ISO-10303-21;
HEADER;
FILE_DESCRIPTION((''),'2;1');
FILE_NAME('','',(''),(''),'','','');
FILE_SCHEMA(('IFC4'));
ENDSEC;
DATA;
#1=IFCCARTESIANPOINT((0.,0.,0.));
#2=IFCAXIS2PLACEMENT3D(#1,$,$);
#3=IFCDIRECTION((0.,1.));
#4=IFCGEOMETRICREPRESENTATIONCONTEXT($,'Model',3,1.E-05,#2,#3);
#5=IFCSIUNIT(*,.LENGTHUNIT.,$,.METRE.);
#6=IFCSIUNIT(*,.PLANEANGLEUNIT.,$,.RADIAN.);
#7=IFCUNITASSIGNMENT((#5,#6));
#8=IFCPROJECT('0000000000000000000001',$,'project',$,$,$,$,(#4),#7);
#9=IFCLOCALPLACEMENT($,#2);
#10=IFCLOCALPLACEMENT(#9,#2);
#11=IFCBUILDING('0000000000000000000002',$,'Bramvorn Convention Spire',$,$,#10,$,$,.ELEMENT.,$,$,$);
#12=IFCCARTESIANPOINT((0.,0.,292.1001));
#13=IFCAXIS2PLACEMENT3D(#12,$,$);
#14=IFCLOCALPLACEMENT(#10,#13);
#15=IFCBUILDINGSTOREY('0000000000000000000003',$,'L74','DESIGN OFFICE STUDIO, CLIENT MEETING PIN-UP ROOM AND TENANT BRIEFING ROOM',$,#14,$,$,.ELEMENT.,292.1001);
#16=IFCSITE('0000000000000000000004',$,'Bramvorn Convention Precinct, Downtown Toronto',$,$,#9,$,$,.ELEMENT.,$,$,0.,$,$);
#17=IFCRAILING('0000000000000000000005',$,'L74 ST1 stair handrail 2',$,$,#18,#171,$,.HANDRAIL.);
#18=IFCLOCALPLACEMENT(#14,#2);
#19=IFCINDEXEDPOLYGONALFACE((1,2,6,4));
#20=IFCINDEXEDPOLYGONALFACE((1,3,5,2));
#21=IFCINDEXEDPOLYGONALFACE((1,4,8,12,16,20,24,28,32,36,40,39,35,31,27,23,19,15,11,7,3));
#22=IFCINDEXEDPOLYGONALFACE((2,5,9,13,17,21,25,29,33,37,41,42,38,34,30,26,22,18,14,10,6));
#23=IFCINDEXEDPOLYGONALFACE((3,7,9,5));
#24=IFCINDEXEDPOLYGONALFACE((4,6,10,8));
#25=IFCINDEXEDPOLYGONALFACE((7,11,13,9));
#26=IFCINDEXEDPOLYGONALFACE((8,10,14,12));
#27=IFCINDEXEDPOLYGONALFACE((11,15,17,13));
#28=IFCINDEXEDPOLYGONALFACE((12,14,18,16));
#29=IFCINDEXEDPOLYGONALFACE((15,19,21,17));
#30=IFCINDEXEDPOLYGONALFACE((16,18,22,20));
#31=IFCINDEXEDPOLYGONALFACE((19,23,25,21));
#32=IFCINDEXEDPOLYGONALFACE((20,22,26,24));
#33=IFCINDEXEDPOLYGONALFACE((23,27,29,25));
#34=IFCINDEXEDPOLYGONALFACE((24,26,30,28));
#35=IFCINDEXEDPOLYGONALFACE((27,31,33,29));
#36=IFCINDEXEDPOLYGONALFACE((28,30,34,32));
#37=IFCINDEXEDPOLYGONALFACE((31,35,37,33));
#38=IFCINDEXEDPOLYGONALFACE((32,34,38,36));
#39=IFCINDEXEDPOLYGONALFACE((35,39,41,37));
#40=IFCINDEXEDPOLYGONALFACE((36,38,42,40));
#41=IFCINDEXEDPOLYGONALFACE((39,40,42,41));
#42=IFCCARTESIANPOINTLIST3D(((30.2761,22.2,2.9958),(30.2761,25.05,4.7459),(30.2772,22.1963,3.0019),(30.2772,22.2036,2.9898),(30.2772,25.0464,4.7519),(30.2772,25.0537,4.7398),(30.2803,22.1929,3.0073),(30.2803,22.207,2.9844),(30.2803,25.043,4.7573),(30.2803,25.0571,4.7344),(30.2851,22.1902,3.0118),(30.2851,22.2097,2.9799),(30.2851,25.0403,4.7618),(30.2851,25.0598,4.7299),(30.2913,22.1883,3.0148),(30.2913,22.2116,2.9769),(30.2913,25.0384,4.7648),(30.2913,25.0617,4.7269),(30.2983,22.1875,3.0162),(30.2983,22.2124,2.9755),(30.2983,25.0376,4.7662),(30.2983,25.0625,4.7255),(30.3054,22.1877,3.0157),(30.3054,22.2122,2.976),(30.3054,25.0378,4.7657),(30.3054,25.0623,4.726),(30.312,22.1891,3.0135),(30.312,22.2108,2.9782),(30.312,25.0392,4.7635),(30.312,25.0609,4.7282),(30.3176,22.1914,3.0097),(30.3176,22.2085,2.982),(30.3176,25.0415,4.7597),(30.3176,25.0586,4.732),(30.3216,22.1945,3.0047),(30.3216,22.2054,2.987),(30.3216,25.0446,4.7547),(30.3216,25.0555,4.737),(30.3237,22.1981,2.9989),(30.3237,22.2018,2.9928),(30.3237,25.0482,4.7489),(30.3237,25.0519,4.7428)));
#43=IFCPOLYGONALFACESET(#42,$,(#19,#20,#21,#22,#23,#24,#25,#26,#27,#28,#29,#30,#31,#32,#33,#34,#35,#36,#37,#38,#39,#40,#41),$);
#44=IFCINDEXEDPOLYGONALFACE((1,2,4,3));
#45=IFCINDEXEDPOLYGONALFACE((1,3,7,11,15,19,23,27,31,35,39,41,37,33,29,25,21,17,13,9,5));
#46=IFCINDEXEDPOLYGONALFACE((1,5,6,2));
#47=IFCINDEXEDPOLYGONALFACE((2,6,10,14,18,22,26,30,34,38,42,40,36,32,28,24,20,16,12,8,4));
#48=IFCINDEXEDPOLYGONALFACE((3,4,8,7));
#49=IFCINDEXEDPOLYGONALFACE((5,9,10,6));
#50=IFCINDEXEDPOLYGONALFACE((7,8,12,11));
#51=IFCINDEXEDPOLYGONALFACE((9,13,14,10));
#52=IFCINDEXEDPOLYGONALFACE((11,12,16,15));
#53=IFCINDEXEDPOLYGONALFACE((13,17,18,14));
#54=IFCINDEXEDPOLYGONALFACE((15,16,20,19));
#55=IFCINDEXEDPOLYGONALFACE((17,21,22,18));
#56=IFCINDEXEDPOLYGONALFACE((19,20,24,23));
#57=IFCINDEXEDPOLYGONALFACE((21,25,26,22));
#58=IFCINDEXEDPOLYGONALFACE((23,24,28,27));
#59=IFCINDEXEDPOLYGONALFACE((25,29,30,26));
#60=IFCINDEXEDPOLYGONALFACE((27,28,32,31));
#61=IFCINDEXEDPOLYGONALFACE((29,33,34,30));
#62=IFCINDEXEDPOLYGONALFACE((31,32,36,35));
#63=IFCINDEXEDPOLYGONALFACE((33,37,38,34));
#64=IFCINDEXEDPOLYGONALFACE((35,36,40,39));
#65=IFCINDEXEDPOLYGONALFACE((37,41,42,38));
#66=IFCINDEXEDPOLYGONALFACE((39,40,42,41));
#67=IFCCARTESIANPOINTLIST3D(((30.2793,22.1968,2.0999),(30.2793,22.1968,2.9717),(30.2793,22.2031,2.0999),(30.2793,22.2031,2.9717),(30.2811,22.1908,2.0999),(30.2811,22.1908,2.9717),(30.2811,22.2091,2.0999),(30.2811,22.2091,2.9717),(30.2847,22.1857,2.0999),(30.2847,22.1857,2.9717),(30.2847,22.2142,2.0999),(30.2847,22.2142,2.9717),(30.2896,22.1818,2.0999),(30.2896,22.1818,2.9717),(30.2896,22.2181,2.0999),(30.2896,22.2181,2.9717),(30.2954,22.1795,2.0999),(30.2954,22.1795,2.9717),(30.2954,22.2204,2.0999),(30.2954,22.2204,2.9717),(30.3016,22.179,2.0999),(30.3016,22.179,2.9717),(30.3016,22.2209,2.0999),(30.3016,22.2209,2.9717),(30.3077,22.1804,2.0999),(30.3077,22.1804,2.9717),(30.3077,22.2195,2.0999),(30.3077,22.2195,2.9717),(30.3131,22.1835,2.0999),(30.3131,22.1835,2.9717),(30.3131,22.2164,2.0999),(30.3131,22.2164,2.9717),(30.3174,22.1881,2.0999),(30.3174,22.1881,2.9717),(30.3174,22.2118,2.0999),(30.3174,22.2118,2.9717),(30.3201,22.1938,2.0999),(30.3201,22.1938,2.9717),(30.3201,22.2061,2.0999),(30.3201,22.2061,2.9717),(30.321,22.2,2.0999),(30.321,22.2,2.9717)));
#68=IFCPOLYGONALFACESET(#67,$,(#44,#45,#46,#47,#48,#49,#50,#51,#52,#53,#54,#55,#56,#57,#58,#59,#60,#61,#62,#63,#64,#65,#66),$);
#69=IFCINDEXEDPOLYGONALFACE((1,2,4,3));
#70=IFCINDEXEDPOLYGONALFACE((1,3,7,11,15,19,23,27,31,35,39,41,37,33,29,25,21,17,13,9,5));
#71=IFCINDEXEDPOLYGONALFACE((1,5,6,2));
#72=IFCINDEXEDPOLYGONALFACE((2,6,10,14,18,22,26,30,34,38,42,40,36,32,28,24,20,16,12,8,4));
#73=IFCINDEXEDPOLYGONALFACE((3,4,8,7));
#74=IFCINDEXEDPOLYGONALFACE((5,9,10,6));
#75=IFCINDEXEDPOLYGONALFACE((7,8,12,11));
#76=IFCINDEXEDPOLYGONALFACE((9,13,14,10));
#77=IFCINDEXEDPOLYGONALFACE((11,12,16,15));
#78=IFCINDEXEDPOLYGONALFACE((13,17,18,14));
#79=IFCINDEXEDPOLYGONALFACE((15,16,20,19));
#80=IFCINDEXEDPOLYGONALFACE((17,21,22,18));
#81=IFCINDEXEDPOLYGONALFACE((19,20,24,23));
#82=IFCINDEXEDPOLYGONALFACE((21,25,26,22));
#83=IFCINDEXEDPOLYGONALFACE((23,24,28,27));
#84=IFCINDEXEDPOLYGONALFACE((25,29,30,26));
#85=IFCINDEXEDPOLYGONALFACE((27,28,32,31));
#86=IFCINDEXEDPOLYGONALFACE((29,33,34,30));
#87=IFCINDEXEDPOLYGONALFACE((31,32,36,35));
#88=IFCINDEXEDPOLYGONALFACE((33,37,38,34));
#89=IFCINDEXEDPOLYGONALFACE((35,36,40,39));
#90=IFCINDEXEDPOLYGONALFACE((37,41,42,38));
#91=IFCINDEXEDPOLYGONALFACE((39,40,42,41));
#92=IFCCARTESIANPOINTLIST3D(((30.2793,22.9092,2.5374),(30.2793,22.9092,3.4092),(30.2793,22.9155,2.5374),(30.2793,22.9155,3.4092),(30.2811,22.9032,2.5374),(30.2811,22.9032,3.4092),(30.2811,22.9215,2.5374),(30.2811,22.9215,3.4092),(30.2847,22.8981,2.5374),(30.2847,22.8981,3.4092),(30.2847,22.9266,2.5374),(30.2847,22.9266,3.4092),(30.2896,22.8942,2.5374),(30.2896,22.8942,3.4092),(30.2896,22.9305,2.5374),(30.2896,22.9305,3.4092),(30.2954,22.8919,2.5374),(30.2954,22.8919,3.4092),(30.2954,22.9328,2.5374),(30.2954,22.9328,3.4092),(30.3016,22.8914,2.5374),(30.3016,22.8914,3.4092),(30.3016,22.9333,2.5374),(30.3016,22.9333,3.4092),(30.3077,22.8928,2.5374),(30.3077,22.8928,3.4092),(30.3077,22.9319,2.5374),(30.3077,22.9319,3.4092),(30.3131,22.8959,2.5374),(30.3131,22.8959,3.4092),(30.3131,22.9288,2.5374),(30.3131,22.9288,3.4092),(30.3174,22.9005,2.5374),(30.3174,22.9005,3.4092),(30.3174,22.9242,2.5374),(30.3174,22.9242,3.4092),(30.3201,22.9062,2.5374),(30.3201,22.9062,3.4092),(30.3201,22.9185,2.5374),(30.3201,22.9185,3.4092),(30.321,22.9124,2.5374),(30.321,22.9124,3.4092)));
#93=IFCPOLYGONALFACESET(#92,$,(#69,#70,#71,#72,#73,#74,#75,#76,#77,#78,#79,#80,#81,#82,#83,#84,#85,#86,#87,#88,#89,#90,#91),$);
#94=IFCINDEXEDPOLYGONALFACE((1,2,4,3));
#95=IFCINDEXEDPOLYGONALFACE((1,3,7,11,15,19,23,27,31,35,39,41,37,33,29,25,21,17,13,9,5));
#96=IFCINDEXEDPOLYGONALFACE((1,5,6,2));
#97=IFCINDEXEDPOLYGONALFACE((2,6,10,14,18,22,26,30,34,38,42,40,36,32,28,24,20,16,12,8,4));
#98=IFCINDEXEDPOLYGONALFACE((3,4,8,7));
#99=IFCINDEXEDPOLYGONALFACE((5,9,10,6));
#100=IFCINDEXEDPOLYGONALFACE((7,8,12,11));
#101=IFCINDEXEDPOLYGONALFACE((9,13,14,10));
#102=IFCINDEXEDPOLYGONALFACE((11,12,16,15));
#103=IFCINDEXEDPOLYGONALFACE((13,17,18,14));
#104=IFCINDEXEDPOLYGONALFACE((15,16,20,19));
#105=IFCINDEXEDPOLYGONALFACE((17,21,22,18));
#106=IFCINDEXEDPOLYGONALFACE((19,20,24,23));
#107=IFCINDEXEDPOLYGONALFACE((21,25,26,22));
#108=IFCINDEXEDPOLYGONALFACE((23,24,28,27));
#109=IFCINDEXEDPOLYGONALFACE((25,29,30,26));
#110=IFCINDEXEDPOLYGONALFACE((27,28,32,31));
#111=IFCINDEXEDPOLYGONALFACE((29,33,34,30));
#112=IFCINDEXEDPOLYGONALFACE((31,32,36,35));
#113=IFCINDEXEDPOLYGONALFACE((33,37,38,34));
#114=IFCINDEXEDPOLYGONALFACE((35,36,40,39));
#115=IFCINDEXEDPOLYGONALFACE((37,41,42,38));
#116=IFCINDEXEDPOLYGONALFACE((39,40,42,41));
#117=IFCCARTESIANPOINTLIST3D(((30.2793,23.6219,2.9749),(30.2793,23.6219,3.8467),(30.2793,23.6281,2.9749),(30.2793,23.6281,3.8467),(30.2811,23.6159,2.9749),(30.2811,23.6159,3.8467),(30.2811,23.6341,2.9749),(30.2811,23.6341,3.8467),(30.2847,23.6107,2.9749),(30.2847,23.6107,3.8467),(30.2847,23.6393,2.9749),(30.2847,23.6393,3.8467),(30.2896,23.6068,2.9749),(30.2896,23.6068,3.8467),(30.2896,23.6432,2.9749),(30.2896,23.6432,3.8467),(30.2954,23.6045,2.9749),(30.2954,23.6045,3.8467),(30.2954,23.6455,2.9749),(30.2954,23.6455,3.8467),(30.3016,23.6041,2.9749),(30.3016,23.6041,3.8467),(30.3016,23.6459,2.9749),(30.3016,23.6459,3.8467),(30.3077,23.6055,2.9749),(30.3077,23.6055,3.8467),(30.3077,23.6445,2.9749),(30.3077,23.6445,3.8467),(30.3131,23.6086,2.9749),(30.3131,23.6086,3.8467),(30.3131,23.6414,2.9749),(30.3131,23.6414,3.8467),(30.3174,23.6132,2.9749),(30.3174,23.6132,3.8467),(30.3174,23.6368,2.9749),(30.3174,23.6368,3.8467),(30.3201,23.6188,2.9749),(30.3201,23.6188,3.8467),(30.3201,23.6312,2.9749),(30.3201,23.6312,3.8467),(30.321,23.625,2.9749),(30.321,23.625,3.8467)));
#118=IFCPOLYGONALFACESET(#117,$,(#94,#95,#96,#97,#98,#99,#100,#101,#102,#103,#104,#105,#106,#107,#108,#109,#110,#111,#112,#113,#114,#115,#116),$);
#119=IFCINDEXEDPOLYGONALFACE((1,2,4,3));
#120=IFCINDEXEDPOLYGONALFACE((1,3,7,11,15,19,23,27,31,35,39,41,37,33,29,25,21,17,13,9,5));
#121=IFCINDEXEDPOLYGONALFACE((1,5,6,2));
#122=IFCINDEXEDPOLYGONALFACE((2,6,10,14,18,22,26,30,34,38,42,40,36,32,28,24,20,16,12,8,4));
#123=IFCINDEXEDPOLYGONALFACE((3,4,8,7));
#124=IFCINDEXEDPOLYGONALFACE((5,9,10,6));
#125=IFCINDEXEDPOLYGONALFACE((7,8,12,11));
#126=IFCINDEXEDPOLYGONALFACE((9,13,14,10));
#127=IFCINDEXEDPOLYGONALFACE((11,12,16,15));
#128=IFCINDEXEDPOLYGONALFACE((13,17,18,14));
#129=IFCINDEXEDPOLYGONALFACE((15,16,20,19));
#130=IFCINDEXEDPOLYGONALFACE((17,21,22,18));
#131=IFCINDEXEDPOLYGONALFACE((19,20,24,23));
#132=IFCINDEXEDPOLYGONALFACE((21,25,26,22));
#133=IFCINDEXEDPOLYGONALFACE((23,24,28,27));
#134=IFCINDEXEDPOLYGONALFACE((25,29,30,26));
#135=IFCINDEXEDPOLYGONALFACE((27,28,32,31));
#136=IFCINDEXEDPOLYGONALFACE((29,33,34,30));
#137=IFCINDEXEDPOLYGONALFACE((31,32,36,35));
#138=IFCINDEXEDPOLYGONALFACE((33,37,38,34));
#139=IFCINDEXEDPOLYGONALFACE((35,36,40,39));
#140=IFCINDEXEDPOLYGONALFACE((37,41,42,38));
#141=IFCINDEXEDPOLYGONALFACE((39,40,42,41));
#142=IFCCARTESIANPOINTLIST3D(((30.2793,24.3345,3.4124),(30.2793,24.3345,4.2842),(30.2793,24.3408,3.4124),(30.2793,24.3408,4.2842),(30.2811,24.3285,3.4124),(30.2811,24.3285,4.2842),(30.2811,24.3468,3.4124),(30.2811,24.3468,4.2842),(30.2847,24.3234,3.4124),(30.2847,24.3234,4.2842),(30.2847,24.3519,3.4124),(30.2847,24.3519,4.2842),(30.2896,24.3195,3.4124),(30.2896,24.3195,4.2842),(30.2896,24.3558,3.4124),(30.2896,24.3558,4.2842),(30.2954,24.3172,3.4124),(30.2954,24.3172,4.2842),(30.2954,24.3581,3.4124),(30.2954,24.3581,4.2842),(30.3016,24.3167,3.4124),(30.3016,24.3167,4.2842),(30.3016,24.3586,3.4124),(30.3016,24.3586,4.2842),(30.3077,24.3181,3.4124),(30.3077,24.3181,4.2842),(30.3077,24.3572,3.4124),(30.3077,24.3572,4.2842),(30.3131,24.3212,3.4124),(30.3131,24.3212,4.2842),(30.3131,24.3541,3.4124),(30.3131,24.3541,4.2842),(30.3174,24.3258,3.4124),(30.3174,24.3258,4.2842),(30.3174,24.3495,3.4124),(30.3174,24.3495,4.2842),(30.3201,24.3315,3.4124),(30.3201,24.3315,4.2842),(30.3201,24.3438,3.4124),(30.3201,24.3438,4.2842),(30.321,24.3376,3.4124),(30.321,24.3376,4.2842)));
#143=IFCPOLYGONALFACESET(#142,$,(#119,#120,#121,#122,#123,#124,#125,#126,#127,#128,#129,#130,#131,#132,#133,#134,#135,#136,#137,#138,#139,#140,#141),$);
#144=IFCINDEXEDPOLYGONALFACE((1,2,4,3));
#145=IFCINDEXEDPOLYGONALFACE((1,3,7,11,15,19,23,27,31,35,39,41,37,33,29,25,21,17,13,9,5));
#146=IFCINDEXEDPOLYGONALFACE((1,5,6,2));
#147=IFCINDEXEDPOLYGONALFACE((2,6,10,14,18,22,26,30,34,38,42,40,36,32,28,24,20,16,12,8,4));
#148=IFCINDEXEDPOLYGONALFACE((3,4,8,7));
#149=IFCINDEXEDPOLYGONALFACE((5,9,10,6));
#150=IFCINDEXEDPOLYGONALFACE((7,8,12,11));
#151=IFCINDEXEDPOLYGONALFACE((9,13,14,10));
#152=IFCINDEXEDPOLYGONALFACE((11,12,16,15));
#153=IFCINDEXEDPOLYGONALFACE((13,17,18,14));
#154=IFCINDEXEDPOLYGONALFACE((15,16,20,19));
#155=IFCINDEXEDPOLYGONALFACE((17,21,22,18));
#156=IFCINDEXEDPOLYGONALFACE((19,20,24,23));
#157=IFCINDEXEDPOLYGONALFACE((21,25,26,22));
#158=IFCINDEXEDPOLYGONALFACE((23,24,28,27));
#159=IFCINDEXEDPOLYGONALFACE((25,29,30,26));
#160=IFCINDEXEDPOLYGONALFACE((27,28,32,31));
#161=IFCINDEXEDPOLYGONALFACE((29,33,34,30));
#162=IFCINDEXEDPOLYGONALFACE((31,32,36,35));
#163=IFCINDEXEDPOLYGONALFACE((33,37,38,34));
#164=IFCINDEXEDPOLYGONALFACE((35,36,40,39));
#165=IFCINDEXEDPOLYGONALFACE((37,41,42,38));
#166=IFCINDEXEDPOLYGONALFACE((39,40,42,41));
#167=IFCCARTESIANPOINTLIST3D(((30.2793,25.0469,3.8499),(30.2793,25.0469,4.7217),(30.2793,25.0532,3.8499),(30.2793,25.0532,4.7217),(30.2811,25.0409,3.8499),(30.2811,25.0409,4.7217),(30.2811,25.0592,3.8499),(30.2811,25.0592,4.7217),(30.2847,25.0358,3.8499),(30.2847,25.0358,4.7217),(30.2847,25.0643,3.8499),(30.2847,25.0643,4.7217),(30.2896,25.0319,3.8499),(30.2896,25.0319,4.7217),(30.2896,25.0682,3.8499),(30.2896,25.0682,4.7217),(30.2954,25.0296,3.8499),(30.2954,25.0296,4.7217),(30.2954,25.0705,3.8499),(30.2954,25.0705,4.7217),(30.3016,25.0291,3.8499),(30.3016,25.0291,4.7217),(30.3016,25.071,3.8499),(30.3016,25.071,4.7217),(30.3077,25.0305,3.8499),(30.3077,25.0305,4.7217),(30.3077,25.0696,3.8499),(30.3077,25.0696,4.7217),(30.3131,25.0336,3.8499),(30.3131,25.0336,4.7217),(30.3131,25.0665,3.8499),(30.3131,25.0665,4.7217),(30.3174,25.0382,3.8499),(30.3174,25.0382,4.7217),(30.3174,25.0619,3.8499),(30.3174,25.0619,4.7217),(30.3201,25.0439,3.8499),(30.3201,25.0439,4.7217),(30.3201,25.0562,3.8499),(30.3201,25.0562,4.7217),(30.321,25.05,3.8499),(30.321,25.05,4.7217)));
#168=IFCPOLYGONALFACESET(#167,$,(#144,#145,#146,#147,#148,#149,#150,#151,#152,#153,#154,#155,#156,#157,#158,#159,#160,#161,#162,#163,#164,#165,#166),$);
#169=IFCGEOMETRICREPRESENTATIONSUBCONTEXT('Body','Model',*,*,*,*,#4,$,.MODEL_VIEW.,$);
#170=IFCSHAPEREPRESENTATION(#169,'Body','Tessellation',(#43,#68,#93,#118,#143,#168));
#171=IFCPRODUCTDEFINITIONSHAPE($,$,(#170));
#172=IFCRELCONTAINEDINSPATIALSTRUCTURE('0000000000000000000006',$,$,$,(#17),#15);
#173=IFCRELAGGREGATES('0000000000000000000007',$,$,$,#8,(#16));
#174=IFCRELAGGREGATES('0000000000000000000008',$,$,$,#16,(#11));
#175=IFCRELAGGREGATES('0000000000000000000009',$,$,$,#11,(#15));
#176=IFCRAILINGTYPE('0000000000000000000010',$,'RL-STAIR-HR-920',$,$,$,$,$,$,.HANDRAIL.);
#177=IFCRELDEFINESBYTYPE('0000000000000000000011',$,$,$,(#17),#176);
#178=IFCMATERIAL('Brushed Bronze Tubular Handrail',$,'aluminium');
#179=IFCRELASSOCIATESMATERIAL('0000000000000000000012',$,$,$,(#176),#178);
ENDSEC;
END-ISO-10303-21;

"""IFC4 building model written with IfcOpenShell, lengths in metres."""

from ifc_helpers import new_model, si_unit, direction, frame, origin, origin_2d, place, context, subcontext, project, spatial, circle, extrude, material, type_object, element, save


model = new_model("IFC4")

# Units and contexts
model_context = context("Model", 3, precision=1e-05, world=origin(), true_north=direction((0.0, 1.0)))
body_context = subcontext(model_context, "Body", "Model", "MODEL_VIEW")
ifc_project = project(units=[si_unit("LENGTHUNIT", "METRE"), si_unit("PLANEANGLEUNIT", "RADIAN")], contexts=[model_context])

# Site, building, storey
site_placement = place(None, origin())
site = spatial("IfcSite", under=ifc_project, at=site_placement, Name="Bramvorn Convention Precinct, Downtown Toronto", CompositionType="ELEMENT", RefElevation=0.0)
building_placement = place(site_placement, origin())
building = spatial("IfcBuilding", under=site, at=building_placement, Name="Bramvorn Convention Spire", CompositionType="ELEMENT")
storey_placement = place(building_placement, frame((0.0, 0.0, 292.1001)))
storey = spatial("IfcBuildingStorey", under=building, at=storey_placement, Name="L74", Description="DESIGN OFFICE STUDIO, CLIENT MEETING PIN-UP ROOM AND TENANT BRIEFING ROOM", CompositionType="ELEMENT", Elevation=292.1001)

# Railing
ifc_material_1 = material(Name="Brushed Bronze Tubular Handrail", Category="aluminium")
railing_type_1 = type_object("IfcRailingType", Name="RL-STAIR-HR-920", PredefinedType="HANDRAIL", material=ifc_material_1)
railing_1_placement = place(storey_placement, frame((30.3, 22.2, 2.0999)))
element("IfcRailing", 1, at=railing_1_placement, inside=storey, type_object=railing_type_1, Name="L74 ST1 stair handrail 2", PredefinedType="HANDRAIL", context=body_context, shape_type="SweptSolid", body=[
    extrude(circle(Radius=0.0239, at=origin_2d()), frame((0.0, 0.0, 0.896), z_axis=(0.0, 0.852179, 0.52325), x_axis=(-1.0, 0.0, 0.0)), (0.0, 0.0, 1.0), 3.3445),
    extrude(circle(Radius=0.021, at=origin_2d()), origin(), (0.0, 0.0, 1.0), 0.8718),
    extrude(circle(Radius=0.021, at=origin_2d()), frame((0.0, 0.7124, 0.4375)), (0.0, 0.0, 1.0), 0.8718),
    extrude(circle(Radius=0.021, at=origin_2d()), frame((0.0, 1.425, 0.875)), (0.0, 0.0, 1.0), 0.8718),
    extrude(circle(Radius=0.021, at=origin_2d()), frame((0.0, 2.1377, 1.3125)), (0.0, 0.0, 1.0), 0.8718),
    extrude(circle(Radius=0.021, at=origin_2d()), frame((0.0, 2.8501, 1.75)), (0.0, 0.0, 1.0), 0.8718),
])

save(model, "model.ifc")
